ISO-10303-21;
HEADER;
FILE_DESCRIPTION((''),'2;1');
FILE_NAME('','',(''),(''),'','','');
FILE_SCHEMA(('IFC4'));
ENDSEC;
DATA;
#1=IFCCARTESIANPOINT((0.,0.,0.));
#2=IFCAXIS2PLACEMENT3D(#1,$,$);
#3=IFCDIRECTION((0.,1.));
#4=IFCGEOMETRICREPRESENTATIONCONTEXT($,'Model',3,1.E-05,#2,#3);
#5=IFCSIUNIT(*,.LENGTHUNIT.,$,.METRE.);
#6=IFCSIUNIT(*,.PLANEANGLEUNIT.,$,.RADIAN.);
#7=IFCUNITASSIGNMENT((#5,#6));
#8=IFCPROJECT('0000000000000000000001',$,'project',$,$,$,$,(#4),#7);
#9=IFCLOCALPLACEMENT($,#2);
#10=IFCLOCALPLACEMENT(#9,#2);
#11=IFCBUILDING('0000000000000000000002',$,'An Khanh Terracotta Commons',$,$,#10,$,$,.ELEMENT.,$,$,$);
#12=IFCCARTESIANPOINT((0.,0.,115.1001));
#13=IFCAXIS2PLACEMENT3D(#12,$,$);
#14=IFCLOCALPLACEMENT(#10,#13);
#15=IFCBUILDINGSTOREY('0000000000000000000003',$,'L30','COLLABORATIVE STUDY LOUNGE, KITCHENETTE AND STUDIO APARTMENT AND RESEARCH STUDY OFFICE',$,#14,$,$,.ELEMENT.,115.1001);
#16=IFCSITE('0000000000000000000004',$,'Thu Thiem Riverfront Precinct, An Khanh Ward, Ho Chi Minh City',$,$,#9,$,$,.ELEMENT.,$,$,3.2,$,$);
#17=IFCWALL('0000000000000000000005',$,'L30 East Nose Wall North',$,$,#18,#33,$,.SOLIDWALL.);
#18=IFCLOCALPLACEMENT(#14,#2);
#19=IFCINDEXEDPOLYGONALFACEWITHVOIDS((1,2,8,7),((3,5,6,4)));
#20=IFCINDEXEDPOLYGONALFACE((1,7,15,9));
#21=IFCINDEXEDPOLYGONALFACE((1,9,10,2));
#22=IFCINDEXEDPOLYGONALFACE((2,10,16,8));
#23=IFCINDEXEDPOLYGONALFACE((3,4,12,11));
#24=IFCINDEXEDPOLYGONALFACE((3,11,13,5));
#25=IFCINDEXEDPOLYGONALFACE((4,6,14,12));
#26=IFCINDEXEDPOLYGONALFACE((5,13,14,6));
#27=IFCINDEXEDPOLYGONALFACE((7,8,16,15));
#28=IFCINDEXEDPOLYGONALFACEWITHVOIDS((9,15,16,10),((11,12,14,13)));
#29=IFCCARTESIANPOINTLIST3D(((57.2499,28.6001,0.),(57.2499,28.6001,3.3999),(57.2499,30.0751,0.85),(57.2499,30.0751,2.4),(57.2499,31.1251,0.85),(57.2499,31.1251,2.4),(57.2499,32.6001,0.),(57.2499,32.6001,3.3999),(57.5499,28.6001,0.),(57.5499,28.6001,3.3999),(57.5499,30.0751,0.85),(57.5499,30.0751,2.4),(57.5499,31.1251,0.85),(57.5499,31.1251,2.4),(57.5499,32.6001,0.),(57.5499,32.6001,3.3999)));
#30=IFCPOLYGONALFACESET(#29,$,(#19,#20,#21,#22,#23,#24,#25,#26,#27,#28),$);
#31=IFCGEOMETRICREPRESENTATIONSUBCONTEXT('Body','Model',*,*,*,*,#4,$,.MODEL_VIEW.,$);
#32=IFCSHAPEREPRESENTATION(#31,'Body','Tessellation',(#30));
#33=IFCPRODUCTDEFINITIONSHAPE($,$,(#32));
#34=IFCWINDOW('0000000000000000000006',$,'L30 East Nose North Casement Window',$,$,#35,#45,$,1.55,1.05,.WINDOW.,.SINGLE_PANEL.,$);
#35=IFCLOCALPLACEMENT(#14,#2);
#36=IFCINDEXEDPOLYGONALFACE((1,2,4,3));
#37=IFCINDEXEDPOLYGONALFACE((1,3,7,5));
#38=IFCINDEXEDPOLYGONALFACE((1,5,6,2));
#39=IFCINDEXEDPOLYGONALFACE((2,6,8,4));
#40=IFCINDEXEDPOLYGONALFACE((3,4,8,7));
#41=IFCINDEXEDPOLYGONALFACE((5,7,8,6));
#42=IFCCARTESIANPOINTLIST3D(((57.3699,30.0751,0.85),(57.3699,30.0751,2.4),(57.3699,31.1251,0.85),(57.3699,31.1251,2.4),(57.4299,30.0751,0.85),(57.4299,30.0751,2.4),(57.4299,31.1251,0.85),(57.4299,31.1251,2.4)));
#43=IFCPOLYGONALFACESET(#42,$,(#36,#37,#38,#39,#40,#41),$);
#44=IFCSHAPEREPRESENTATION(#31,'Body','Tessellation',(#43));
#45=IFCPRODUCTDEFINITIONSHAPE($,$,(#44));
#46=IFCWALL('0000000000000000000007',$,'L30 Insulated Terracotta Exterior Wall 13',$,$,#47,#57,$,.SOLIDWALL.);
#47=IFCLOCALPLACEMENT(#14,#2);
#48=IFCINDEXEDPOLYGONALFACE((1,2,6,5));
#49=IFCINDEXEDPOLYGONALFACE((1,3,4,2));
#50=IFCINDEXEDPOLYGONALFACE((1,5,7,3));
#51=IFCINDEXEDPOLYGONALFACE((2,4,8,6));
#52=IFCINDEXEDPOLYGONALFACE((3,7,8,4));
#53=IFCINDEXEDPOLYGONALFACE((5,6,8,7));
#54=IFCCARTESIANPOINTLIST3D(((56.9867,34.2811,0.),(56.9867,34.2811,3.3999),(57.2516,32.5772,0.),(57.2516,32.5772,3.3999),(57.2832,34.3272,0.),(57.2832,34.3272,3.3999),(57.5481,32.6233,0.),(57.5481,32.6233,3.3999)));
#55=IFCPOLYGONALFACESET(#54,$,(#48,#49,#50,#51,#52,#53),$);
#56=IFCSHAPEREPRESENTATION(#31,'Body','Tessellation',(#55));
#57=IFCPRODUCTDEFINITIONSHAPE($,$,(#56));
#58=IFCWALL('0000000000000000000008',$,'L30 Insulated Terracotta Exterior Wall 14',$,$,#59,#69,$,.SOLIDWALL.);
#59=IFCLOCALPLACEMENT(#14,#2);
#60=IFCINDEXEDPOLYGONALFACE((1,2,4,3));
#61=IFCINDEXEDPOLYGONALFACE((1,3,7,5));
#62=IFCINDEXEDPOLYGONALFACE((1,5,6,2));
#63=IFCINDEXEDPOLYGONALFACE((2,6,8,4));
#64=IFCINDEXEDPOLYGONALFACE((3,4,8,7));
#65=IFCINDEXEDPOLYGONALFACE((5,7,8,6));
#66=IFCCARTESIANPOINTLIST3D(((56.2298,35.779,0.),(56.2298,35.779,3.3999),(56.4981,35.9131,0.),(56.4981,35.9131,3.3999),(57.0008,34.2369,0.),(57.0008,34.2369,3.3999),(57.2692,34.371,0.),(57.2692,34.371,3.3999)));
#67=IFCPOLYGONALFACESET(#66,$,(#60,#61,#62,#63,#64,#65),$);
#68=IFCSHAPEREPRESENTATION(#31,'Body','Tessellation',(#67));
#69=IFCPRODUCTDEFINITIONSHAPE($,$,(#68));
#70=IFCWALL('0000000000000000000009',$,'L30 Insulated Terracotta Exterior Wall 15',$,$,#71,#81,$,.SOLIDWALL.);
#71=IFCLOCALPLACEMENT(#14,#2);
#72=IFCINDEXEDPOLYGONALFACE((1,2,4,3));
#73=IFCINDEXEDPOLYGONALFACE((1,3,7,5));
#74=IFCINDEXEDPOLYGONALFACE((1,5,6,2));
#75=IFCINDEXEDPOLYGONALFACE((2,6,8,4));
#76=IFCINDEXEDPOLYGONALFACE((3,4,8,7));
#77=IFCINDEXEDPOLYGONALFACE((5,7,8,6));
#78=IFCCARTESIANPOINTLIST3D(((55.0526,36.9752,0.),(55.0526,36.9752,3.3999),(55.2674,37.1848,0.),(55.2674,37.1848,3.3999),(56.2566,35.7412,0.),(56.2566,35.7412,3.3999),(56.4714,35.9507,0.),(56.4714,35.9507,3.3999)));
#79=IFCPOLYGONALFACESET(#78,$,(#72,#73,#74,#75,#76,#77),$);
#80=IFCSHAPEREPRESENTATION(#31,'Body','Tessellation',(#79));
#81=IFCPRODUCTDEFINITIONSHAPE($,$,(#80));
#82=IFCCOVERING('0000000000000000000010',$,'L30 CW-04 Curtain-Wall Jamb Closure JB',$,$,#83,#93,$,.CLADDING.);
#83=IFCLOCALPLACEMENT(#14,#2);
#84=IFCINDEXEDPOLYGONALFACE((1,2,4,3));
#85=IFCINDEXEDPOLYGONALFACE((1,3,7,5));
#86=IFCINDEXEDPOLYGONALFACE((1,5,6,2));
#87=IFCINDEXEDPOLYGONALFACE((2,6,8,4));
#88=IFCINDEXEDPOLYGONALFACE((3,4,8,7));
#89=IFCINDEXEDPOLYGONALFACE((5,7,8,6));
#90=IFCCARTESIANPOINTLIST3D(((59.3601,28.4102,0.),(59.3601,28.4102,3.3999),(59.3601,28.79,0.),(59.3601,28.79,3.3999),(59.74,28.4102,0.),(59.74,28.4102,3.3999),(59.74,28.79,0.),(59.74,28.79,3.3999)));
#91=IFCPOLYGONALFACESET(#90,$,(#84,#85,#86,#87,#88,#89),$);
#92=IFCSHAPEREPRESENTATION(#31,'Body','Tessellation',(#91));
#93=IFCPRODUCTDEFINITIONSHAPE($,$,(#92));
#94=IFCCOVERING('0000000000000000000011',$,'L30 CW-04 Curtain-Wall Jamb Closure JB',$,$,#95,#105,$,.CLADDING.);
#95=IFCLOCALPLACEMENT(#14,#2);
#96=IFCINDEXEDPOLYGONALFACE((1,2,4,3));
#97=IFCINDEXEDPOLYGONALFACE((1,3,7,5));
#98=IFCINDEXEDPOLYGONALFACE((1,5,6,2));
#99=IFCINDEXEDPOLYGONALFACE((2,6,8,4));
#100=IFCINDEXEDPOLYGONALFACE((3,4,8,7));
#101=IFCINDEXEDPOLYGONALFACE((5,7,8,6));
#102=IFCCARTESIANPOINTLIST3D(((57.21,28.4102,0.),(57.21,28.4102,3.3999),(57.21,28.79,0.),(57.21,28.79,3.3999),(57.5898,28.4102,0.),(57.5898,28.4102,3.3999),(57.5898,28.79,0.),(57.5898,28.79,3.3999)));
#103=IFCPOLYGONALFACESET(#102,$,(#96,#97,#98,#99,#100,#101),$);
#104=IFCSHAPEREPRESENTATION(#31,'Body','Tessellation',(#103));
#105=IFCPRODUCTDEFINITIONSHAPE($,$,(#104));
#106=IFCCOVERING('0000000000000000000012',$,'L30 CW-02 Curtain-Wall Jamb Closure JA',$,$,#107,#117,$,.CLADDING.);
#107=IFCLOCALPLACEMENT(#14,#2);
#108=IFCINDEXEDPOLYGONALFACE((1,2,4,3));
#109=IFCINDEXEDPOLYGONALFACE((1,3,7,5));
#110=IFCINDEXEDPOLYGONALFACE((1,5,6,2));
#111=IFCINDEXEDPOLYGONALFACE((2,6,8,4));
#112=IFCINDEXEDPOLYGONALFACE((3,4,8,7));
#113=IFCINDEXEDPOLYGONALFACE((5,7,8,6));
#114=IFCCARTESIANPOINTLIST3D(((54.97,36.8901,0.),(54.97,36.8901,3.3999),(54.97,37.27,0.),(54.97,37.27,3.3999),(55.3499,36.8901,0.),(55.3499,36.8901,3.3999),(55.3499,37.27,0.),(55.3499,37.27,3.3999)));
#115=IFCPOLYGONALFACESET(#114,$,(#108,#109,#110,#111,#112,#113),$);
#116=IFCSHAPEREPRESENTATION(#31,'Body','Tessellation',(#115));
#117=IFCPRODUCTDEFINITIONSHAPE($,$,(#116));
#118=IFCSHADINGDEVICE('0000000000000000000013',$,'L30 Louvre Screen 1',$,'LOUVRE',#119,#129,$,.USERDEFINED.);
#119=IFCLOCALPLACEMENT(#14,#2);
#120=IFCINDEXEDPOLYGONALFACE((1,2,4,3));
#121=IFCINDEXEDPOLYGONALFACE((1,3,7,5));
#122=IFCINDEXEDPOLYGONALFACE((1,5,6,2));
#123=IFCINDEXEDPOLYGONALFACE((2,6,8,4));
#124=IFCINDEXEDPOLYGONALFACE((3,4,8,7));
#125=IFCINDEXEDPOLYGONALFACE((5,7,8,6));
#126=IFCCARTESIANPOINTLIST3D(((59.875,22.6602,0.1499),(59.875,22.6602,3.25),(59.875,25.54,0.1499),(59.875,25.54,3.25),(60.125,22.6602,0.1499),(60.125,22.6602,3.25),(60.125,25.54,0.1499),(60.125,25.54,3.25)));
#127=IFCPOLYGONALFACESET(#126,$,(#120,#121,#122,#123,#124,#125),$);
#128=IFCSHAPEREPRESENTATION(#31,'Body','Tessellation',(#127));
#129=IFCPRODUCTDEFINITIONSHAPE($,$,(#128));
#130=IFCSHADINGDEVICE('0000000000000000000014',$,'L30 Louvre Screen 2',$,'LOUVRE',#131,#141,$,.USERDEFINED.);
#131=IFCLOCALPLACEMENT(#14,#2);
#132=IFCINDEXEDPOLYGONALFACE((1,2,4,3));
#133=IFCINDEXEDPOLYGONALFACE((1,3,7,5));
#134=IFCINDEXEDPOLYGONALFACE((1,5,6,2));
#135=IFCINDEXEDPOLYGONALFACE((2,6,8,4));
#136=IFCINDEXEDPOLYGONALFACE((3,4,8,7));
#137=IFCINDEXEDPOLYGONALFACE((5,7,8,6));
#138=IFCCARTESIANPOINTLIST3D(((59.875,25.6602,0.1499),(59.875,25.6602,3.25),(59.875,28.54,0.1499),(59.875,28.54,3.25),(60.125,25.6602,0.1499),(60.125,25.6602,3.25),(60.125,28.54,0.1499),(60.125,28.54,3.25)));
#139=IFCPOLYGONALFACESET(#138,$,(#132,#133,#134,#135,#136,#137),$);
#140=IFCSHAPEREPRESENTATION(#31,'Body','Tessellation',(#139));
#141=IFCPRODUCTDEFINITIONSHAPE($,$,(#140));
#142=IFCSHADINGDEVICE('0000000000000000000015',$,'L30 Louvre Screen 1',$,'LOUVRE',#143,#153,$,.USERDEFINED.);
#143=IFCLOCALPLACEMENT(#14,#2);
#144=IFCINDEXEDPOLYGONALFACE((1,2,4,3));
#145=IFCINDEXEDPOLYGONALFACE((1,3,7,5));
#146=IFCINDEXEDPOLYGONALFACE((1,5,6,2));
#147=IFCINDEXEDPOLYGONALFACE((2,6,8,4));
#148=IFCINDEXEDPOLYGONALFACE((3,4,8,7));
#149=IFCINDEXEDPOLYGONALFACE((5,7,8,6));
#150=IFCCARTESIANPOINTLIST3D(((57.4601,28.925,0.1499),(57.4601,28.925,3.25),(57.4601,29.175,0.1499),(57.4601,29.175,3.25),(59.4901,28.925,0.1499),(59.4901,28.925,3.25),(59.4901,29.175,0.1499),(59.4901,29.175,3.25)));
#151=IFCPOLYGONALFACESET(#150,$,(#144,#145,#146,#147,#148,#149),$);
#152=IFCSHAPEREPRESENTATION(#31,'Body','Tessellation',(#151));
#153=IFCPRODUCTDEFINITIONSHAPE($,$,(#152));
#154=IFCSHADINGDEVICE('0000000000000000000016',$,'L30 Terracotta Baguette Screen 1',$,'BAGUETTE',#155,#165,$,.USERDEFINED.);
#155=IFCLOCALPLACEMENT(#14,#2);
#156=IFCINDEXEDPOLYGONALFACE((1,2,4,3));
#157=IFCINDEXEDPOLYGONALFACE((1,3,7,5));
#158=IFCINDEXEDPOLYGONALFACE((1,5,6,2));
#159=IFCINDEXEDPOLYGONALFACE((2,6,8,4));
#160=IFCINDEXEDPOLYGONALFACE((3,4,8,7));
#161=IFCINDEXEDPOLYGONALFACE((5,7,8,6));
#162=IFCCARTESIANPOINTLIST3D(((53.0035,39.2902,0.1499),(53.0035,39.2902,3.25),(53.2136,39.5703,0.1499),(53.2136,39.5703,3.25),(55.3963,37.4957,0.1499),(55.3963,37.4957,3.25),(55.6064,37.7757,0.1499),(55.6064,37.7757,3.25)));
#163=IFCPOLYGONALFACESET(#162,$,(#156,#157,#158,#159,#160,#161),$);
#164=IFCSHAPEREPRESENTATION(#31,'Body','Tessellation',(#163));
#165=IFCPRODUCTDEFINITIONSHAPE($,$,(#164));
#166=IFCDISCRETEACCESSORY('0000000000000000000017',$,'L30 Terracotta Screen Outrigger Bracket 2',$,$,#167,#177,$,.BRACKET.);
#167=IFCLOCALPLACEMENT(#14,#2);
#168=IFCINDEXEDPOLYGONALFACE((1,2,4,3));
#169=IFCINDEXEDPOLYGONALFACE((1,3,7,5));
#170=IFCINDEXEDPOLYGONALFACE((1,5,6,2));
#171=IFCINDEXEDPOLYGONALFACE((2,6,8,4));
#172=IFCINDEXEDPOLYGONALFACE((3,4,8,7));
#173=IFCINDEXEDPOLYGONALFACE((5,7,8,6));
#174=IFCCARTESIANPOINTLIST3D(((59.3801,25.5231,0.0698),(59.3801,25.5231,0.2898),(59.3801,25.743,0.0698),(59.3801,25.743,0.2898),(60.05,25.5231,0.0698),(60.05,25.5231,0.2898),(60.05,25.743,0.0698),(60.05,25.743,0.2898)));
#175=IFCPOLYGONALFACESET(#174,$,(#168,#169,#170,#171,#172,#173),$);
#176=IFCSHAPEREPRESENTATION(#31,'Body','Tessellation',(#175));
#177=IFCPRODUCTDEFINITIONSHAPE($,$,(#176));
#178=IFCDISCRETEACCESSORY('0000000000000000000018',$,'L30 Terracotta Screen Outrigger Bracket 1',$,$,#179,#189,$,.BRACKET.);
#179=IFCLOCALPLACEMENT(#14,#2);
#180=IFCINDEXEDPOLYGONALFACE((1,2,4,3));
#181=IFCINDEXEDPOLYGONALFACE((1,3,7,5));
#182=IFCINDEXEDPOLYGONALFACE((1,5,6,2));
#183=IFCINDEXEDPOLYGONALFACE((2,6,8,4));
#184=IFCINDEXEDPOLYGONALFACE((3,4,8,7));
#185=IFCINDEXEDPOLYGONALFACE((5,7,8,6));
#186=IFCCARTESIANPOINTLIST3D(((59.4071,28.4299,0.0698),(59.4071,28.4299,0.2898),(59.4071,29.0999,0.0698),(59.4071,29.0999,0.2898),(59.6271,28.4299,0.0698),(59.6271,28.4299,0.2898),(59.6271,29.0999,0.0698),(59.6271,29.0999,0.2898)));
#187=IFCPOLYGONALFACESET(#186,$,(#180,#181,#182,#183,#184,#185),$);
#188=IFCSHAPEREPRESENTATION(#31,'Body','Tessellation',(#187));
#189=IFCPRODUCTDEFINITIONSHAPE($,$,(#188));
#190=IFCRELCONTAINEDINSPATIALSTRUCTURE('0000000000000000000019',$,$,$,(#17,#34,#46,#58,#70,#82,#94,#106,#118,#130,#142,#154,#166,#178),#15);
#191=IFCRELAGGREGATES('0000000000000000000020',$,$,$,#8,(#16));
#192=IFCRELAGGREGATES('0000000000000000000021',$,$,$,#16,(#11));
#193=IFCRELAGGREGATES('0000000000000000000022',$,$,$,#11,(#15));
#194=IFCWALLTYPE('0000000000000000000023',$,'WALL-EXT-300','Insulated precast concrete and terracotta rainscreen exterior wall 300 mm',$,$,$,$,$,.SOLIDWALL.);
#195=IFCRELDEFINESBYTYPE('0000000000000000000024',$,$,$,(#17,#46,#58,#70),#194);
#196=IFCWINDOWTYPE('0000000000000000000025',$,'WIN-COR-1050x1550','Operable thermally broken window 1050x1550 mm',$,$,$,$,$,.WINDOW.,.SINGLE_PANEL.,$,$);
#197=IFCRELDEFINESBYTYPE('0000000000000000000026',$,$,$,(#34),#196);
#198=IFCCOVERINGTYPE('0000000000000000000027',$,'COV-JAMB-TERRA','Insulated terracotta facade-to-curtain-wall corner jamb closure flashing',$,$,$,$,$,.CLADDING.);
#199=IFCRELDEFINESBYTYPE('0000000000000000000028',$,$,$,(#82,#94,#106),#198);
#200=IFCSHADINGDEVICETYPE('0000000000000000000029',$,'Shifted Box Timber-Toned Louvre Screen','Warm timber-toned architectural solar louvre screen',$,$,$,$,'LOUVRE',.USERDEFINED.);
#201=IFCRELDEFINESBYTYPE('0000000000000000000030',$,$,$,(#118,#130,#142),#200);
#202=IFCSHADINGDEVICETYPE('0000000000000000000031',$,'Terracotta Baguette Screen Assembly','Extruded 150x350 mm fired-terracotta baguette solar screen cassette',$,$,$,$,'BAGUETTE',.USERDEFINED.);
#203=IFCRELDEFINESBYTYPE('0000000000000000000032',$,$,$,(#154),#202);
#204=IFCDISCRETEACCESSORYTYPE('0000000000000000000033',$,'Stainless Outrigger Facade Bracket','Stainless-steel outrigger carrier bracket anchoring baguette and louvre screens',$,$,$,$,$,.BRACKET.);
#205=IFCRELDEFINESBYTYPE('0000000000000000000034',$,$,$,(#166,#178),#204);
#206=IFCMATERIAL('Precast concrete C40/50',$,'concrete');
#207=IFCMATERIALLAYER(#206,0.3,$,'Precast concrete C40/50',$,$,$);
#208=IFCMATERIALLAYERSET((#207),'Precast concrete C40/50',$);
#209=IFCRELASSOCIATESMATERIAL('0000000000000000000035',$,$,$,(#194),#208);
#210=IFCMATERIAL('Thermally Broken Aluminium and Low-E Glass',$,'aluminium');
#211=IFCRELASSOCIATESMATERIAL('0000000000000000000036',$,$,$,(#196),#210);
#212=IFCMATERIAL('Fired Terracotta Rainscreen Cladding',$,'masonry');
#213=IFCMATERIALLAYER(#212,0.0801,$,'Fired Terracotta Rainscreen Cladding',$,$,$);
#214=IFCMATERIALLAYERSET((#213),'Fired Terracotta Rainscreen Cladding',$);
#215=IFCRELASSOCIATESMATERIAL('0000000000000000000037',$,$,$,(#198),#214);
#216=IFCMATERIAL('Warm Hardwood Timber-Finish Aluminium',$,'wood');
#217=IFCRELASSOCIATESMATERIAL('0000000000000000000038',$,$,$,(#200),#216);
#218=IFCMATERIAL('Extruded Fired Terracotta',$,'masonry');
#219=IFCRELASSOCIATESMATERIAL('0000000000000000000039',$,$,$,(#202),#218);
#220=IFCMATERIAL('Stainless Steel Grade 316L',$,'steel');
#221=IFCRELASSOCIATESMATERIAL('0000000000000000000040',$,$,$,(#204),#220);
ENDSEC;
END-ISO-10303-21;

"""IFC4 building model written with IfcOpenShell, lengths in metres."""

from ifc_helpers import new_model, si_unit, direction, frame, frame_2d, origin, origin_2d, place, context, subcontext, project, spatial, rectangle, extrude, material, layer, layer_set, type_object, element, fill, save


model = new_model("IFC4")

# Units and contexts
model_context = context("Model", 3, precision=1e-05, world=origin(), true_north=direction((0.0, 1.0)))
body_context = subcontext(model_context, "Body", "Model", "MODEL_VIEW")
ifc_project = project(units=[si_unit("LENGTHUNIT", "METRE"), si_unit("PLANEANGLEUNIT", "RADIAN")], contexts=[model_context])

# Site, building, storey
site_placement = place(None, origin())
site = spatial("IfcSite", under=ifc_project, at=site_placement, Name="Thu Thiem Riverfront Precinct, An Khanh Ward, Ho Chi Minh City", CompositionType="ELEMENT", RefElevation=3.2)
building_placement = place(site_placement, origin())
building = spatial("IfcBuilding", under=site, at=building_placement, Name="An Khanh Terracotta Commons", CompositionType="ELEMENT")
storey_placement = place(building_placement, frame((0.0, 0.0, 115.1001)))
storey = spatial("IfcBuildingStorey", under=building, at=storey_placement, Name="L30", Description="COLLABORATIVE STUDY LOUNGE, KITCHENETTE AND STUDIO APARTMENT AND RESEARCH STUDY OFFICE", CompositionType="ELEMENT", Elevation=115.1001)

# Wall, opening, window
ifc_material_1 = material(Name="Precast concrete C40/50", Category="concrete")
ifc_layer_1 = layer(ifc_material_1, 0.3, Name="Precast concrete C40/50")
ifc_layer_set_1 = layer_set([ifc_layer_1], Name="Precast concrete C40/50")
wall_type = type_object("IfcWallType", Name="WALL-EXT-300", Description="Insulated precast concrete and terracotta rainscreen exterior wall 300 mm", PredefinedType="SOLIDWALL", material=ifc_layer_set_1)
wall_1_placement = place(storey_placement, frame((57.3999, 28.6001, 0.0), z_axis=(0.0, 0.0, 1.0), x_axis=(0.0, 1.0, 0.0)))
wall_1 = element("IfcWall", 1, at=wall_1_placement, inside=storey, type_object=wall_type, Name="L30 East Nose Wall North", PredefinedType="SOLIDWALL", context=body_context, shape_type="SweptSolid", body=[
    extrude(rectangle(XDim=4.0, YDim=0.3, at=frame_2d((2.0, 0.0))), origin(), (0.0, 0.0, 1.0), 3.3999),
])
opening_placement = place(wall_1_placement, frame((1.4751, 0.0, 0.8501)))
opening = element("IfcOpeningElement", 2, at=opening_placement, cuts=wall_1, PredefinedType="OPENING", context=body_context, shape_type="SweptSolid", body=[
    extrude(rectangle(XDim=1.05, YDim=1.55, at=frame_2d((0.5249, 0.7749))), frame((0.0, 0.1599, 0.0), z_axis=(0.0, -1.0, 0.0), x_axis=(1.0, 0.0, 0.0)), (0.0, 0.0, 1.0), 0.3201),
])
ifc_material_2 = material(Name="Thermally Broken Aluminium and Low-E Glass", Category="aluminium")
window_type = type_object("IfcWindowType", Name="WIN-COR-1050x1550", Description="Operable thermally broken window 1050x1550 mm", PartitioningType="SINGLE_PANEL", PredefinedType="WINDOW", material=ifc_material_2)
window_placement = place(opening_placement, origin())
window = element("IfcWindow", 3, at=window_placement, inside=storey, type_object=window_type, Name="L30 East Nose North Casement Window", OverallHeight=1.55, OverallWidth=1.05, PartitioningType="SINGLE_PANEL", PredefinedType="WINDOW", context=body_context, shape_type="SweptSolid", body=[
    extrude(rectangle(XDim=1.05, YDim=1.55, at=frame_2d((0.5249, 0.7749))), frame((0.0, 0.03, 0.0), z_axis=(0.0, -1.0, 0.0), x_axis=(1.0, 0.0, 0.0)), (0.0, 0.0, 1.0), 0.0601),
])
fill(opening, window)

# Walls
wall_2_placement = place(storey_placement, frame((57.3999, 32.6001, 0.0), z_axis=(0.0, 0.0, 1.0), x_axis=(-0.153621, 0.98813, 0.0)))
element("IfcWall", 4, at=wall_2_placement, inside=storey, type_object=wall_type, Name="L30 Insulated Terracotta Exterior Wall 13", PredefinedType="SOLIDWALL", context=body_context, shape_type="SweptSolid", body=[
    extrude(rectangle(XDim=1.7244, YDim=0.3, at=frame_2d((0.8623, 0.0))), origin(), (0.0, 0.0, 1.0), 3.3999),
])
for number, where, z_axis, x_axis, name in (
    (5, (57.135, 34.304, 0.0), (0.0, 0.0, 1.0), (-0.447214, 0.894427, 0.0), "L30 Insulated Terracotta Exterior Wall 14"),
    (6, (56.364, 35.8459, 0.0), (0.0, 0.0, 1.0), (-0.698345, 0.715761, 0.0), "L30 Insulated Terracotta Exterior Wall 15"),
):
    element("IfcWall", number, at=place(storey_placement, frame(where, z_axis=z_axis, x_axis=x_axis)), inside=storey, type_object=wall_type, Name=name, PredefinedType="SOLIDWALL", context=body_context, shape_type="SweptSolid", body=[
        extrude(rectangle(XDim=1.7241, YDim=0.3, at=frame_2d((0.8621, 0.0))), origin(), (0.0, 0.0, 1.0), 3.3999),
    ])

# Coverings
ifc_material_3 = material(Name="Fired Terracotta Rainscreen Cladding", Category="masonry")
ifc_layer_2 = layer(ifc_material_3, 0.0801, Name="Fired Terracotta Rainscreen Cladding")
ifc_layer_set_2 = layer_set([ifc_layer_2], Name="Fired Terracotta Rainscreen Cladding")
covering_type = type_object("IfcCoveringType", Name="COV-JAMB-TERRA", Description="Insulated terracotta facade-to-curtain-wall corner jamb closure flashing", PredefinedType="CLADDING", material=ifc_layer_set_2)
for number, where, z_axis, x_axis, name in (
    (7, (59.55, 28.6001, 0.0), (0.0, 0.0, 1.0), (1.0, 0.0, 0.0), "L30 CW-04 Curtain-Wall Jamb Closure JB"),
    (8, (57.3999, 28.6001, 0.0), (0.0, 0.0, 1.0), (1.0, 0.0, 0.0), "L30 CW-04 Curtain-Wall Jamb Closure JB"),
    (9, (55.1599, 37.0801, 0.0), (0.0, 0.0, 1.0), (1.0, 0.0, 0.0), "L30 CW-02 Curtain-Wall Jamb Closure JA"),
):
    element("IfcCovering", number, at=place(storey_placement, frame(where, z_axis=z_axis, x_axis=x_axis)), inside=storey, type_object=covering_type, Name=name, PredefinedType="CLADDING", context=body_context, shape_type="SweptSolid", body=[
        extrude(rectangle(XDim=0.3799, YDim=0.3799, at=origin_2d()), origin(), (0.0, 0.0, 1.0), 3.3999),
    ])

# Shading devices
ifc_material_4 = material(Name="Warm Hardwood Timber-Finish Aluminium", Category="wood")
shading_device_type_1 = type_object("IfcShadingDeviceType", Name="Shifted Box Timber-Toned Louvre Screen", Description="Warm timber-toned architectural solar louvre screen", ElementType="LOUVRE", PredefinedType="USERDEFINED", material=ifc_material_4)
for number, where, z_axis, x_axis, name in (
    (10, (60.0, 24.1001, 0.1499), (0.0, 0.0, 1.0), (0.0, 1.0, 0.0), "L30 Louvre Screen 1"),
    (11, (60.0, 27.1001, 0.1499), (0.0, 0.0, 1.0), (0.0, 1.0, 0.0), "L30 Louvre Screen 2"),
):
    element("IfcShadingDevice", number, at=place(storey_placement, frame(where, z_axis=z_axis, x_axis=x_axis)), inside=storey, type_object=shading_device_type_1, Name=name, ObjectType="LOUVRE", PredefinedType="USERDEFINED", context=body_context, shape_type="SweptSolid", body=[
        extrude(rectangle(XDim=2.8799, YDim=0.25, at=origin_2d()), origin(), (0.0, 0.0, 1.0), 3.1001),
    ])
shading_device_1_placement = place(storey_placement, frame((58.4751, 29.05, 0.1499), z_axis=(0.0, 0.0, 1.0), x_axis=(-1.0, 0.0, 0.0)))
element("IfcShadingDevice", 12, at=shading_device_1_placement, inside=storey, type_object=shading_device_type_1, Name="L30 Louvre Screen 1", ObjectType="LOUVRE", PredefinedType="USERDEFINED", context=body_context, shape_type="SweptSolid", body=[
    extrude(rectangle(XDim=2.03, YDim=0.25, at=origin_2d()), origin(), (0.0, 0.0, 1.0), 3.1001),
])
ifc_material_5 = material(Name="Extruded Fired Terracotta", Category="masonry")
shading_device_type_2 = type_object("IfcShadingDeviceType", Name="Terracotta Baguette Screen Assembly", Description="Extruded 150x350 mm fired-terracotta baguette solar screen cassette", ElementType="BAGUETTE", PredefinedType="USERDEFINED", material=ifc_material_5)
shading_device_2_placement = place(storey_placement, frame((54.3049, 38.533, 0.1499), z_axis=(0.0, 0.0, 1.0), x_axis=(-0.800013, 0.599983, 0.0)))
element("IfcShadingDevice", 13, at=shading_device_2_placement, inside=storey, type_object=shading_device_type_2, Name="L30 Terracotta Baguette Screen 1", ObjectType="BAGUETTE", PredefinedType="USERDEFINED", context=body_context, shape_type="SweptSolid", body=[
    extrude(rectangle(XDim=2.991, YDim=0.3501, at=origin_2d()), origin(), (0.0, 0.0, 1.0), 3.1001),
])

# Discrete accessories
ifc_material_6 = material(Name="Stainless Steel Grade 316L", Category="steel")
discrete_accessory_type = type_object("IfcDiscreteAccessoryType", Name="Stainless Outrigger Facade Bracket", Description="Stainless-steel outrigger carrier bracket anchoring baguette and louvre screens", PredefinedType="BRACKET", material=ifc_material_6)
for number, where, z_axis, x_axis, name in (
    (14, (59.7151, 25.6331, 0.0698), (0.0, 0.0, 1.0), (0.0, 1.0, 0.0), "L30 Terracotta Screen Outrigger Bracket 2"),
    (15, (59.5171, 28.7649, 0.0698), (0.0, 0.0, 1.0), (-1.0, 0.0, 0.0), "L30 Terracotta Screen Outrigger Bracket 1"),
):
    element("IfcDiscreteAccessory", number, at=place(storey_placement, frame(where, z_axis=z_axis, x_axis=x_axis)), inside=storey, type_object=discrete_accessory_type, Name=name, PredefinedType="BRACKET", context=body_context, shape_type="SweptSolid", body=[
        extrude(rectangle(XDim=0.22, YDim=0.6699, at=origin_2d()), origin(), (0.0, 0.0, 1.0), 0.22),
    ])

save(model, "model.ifc")
